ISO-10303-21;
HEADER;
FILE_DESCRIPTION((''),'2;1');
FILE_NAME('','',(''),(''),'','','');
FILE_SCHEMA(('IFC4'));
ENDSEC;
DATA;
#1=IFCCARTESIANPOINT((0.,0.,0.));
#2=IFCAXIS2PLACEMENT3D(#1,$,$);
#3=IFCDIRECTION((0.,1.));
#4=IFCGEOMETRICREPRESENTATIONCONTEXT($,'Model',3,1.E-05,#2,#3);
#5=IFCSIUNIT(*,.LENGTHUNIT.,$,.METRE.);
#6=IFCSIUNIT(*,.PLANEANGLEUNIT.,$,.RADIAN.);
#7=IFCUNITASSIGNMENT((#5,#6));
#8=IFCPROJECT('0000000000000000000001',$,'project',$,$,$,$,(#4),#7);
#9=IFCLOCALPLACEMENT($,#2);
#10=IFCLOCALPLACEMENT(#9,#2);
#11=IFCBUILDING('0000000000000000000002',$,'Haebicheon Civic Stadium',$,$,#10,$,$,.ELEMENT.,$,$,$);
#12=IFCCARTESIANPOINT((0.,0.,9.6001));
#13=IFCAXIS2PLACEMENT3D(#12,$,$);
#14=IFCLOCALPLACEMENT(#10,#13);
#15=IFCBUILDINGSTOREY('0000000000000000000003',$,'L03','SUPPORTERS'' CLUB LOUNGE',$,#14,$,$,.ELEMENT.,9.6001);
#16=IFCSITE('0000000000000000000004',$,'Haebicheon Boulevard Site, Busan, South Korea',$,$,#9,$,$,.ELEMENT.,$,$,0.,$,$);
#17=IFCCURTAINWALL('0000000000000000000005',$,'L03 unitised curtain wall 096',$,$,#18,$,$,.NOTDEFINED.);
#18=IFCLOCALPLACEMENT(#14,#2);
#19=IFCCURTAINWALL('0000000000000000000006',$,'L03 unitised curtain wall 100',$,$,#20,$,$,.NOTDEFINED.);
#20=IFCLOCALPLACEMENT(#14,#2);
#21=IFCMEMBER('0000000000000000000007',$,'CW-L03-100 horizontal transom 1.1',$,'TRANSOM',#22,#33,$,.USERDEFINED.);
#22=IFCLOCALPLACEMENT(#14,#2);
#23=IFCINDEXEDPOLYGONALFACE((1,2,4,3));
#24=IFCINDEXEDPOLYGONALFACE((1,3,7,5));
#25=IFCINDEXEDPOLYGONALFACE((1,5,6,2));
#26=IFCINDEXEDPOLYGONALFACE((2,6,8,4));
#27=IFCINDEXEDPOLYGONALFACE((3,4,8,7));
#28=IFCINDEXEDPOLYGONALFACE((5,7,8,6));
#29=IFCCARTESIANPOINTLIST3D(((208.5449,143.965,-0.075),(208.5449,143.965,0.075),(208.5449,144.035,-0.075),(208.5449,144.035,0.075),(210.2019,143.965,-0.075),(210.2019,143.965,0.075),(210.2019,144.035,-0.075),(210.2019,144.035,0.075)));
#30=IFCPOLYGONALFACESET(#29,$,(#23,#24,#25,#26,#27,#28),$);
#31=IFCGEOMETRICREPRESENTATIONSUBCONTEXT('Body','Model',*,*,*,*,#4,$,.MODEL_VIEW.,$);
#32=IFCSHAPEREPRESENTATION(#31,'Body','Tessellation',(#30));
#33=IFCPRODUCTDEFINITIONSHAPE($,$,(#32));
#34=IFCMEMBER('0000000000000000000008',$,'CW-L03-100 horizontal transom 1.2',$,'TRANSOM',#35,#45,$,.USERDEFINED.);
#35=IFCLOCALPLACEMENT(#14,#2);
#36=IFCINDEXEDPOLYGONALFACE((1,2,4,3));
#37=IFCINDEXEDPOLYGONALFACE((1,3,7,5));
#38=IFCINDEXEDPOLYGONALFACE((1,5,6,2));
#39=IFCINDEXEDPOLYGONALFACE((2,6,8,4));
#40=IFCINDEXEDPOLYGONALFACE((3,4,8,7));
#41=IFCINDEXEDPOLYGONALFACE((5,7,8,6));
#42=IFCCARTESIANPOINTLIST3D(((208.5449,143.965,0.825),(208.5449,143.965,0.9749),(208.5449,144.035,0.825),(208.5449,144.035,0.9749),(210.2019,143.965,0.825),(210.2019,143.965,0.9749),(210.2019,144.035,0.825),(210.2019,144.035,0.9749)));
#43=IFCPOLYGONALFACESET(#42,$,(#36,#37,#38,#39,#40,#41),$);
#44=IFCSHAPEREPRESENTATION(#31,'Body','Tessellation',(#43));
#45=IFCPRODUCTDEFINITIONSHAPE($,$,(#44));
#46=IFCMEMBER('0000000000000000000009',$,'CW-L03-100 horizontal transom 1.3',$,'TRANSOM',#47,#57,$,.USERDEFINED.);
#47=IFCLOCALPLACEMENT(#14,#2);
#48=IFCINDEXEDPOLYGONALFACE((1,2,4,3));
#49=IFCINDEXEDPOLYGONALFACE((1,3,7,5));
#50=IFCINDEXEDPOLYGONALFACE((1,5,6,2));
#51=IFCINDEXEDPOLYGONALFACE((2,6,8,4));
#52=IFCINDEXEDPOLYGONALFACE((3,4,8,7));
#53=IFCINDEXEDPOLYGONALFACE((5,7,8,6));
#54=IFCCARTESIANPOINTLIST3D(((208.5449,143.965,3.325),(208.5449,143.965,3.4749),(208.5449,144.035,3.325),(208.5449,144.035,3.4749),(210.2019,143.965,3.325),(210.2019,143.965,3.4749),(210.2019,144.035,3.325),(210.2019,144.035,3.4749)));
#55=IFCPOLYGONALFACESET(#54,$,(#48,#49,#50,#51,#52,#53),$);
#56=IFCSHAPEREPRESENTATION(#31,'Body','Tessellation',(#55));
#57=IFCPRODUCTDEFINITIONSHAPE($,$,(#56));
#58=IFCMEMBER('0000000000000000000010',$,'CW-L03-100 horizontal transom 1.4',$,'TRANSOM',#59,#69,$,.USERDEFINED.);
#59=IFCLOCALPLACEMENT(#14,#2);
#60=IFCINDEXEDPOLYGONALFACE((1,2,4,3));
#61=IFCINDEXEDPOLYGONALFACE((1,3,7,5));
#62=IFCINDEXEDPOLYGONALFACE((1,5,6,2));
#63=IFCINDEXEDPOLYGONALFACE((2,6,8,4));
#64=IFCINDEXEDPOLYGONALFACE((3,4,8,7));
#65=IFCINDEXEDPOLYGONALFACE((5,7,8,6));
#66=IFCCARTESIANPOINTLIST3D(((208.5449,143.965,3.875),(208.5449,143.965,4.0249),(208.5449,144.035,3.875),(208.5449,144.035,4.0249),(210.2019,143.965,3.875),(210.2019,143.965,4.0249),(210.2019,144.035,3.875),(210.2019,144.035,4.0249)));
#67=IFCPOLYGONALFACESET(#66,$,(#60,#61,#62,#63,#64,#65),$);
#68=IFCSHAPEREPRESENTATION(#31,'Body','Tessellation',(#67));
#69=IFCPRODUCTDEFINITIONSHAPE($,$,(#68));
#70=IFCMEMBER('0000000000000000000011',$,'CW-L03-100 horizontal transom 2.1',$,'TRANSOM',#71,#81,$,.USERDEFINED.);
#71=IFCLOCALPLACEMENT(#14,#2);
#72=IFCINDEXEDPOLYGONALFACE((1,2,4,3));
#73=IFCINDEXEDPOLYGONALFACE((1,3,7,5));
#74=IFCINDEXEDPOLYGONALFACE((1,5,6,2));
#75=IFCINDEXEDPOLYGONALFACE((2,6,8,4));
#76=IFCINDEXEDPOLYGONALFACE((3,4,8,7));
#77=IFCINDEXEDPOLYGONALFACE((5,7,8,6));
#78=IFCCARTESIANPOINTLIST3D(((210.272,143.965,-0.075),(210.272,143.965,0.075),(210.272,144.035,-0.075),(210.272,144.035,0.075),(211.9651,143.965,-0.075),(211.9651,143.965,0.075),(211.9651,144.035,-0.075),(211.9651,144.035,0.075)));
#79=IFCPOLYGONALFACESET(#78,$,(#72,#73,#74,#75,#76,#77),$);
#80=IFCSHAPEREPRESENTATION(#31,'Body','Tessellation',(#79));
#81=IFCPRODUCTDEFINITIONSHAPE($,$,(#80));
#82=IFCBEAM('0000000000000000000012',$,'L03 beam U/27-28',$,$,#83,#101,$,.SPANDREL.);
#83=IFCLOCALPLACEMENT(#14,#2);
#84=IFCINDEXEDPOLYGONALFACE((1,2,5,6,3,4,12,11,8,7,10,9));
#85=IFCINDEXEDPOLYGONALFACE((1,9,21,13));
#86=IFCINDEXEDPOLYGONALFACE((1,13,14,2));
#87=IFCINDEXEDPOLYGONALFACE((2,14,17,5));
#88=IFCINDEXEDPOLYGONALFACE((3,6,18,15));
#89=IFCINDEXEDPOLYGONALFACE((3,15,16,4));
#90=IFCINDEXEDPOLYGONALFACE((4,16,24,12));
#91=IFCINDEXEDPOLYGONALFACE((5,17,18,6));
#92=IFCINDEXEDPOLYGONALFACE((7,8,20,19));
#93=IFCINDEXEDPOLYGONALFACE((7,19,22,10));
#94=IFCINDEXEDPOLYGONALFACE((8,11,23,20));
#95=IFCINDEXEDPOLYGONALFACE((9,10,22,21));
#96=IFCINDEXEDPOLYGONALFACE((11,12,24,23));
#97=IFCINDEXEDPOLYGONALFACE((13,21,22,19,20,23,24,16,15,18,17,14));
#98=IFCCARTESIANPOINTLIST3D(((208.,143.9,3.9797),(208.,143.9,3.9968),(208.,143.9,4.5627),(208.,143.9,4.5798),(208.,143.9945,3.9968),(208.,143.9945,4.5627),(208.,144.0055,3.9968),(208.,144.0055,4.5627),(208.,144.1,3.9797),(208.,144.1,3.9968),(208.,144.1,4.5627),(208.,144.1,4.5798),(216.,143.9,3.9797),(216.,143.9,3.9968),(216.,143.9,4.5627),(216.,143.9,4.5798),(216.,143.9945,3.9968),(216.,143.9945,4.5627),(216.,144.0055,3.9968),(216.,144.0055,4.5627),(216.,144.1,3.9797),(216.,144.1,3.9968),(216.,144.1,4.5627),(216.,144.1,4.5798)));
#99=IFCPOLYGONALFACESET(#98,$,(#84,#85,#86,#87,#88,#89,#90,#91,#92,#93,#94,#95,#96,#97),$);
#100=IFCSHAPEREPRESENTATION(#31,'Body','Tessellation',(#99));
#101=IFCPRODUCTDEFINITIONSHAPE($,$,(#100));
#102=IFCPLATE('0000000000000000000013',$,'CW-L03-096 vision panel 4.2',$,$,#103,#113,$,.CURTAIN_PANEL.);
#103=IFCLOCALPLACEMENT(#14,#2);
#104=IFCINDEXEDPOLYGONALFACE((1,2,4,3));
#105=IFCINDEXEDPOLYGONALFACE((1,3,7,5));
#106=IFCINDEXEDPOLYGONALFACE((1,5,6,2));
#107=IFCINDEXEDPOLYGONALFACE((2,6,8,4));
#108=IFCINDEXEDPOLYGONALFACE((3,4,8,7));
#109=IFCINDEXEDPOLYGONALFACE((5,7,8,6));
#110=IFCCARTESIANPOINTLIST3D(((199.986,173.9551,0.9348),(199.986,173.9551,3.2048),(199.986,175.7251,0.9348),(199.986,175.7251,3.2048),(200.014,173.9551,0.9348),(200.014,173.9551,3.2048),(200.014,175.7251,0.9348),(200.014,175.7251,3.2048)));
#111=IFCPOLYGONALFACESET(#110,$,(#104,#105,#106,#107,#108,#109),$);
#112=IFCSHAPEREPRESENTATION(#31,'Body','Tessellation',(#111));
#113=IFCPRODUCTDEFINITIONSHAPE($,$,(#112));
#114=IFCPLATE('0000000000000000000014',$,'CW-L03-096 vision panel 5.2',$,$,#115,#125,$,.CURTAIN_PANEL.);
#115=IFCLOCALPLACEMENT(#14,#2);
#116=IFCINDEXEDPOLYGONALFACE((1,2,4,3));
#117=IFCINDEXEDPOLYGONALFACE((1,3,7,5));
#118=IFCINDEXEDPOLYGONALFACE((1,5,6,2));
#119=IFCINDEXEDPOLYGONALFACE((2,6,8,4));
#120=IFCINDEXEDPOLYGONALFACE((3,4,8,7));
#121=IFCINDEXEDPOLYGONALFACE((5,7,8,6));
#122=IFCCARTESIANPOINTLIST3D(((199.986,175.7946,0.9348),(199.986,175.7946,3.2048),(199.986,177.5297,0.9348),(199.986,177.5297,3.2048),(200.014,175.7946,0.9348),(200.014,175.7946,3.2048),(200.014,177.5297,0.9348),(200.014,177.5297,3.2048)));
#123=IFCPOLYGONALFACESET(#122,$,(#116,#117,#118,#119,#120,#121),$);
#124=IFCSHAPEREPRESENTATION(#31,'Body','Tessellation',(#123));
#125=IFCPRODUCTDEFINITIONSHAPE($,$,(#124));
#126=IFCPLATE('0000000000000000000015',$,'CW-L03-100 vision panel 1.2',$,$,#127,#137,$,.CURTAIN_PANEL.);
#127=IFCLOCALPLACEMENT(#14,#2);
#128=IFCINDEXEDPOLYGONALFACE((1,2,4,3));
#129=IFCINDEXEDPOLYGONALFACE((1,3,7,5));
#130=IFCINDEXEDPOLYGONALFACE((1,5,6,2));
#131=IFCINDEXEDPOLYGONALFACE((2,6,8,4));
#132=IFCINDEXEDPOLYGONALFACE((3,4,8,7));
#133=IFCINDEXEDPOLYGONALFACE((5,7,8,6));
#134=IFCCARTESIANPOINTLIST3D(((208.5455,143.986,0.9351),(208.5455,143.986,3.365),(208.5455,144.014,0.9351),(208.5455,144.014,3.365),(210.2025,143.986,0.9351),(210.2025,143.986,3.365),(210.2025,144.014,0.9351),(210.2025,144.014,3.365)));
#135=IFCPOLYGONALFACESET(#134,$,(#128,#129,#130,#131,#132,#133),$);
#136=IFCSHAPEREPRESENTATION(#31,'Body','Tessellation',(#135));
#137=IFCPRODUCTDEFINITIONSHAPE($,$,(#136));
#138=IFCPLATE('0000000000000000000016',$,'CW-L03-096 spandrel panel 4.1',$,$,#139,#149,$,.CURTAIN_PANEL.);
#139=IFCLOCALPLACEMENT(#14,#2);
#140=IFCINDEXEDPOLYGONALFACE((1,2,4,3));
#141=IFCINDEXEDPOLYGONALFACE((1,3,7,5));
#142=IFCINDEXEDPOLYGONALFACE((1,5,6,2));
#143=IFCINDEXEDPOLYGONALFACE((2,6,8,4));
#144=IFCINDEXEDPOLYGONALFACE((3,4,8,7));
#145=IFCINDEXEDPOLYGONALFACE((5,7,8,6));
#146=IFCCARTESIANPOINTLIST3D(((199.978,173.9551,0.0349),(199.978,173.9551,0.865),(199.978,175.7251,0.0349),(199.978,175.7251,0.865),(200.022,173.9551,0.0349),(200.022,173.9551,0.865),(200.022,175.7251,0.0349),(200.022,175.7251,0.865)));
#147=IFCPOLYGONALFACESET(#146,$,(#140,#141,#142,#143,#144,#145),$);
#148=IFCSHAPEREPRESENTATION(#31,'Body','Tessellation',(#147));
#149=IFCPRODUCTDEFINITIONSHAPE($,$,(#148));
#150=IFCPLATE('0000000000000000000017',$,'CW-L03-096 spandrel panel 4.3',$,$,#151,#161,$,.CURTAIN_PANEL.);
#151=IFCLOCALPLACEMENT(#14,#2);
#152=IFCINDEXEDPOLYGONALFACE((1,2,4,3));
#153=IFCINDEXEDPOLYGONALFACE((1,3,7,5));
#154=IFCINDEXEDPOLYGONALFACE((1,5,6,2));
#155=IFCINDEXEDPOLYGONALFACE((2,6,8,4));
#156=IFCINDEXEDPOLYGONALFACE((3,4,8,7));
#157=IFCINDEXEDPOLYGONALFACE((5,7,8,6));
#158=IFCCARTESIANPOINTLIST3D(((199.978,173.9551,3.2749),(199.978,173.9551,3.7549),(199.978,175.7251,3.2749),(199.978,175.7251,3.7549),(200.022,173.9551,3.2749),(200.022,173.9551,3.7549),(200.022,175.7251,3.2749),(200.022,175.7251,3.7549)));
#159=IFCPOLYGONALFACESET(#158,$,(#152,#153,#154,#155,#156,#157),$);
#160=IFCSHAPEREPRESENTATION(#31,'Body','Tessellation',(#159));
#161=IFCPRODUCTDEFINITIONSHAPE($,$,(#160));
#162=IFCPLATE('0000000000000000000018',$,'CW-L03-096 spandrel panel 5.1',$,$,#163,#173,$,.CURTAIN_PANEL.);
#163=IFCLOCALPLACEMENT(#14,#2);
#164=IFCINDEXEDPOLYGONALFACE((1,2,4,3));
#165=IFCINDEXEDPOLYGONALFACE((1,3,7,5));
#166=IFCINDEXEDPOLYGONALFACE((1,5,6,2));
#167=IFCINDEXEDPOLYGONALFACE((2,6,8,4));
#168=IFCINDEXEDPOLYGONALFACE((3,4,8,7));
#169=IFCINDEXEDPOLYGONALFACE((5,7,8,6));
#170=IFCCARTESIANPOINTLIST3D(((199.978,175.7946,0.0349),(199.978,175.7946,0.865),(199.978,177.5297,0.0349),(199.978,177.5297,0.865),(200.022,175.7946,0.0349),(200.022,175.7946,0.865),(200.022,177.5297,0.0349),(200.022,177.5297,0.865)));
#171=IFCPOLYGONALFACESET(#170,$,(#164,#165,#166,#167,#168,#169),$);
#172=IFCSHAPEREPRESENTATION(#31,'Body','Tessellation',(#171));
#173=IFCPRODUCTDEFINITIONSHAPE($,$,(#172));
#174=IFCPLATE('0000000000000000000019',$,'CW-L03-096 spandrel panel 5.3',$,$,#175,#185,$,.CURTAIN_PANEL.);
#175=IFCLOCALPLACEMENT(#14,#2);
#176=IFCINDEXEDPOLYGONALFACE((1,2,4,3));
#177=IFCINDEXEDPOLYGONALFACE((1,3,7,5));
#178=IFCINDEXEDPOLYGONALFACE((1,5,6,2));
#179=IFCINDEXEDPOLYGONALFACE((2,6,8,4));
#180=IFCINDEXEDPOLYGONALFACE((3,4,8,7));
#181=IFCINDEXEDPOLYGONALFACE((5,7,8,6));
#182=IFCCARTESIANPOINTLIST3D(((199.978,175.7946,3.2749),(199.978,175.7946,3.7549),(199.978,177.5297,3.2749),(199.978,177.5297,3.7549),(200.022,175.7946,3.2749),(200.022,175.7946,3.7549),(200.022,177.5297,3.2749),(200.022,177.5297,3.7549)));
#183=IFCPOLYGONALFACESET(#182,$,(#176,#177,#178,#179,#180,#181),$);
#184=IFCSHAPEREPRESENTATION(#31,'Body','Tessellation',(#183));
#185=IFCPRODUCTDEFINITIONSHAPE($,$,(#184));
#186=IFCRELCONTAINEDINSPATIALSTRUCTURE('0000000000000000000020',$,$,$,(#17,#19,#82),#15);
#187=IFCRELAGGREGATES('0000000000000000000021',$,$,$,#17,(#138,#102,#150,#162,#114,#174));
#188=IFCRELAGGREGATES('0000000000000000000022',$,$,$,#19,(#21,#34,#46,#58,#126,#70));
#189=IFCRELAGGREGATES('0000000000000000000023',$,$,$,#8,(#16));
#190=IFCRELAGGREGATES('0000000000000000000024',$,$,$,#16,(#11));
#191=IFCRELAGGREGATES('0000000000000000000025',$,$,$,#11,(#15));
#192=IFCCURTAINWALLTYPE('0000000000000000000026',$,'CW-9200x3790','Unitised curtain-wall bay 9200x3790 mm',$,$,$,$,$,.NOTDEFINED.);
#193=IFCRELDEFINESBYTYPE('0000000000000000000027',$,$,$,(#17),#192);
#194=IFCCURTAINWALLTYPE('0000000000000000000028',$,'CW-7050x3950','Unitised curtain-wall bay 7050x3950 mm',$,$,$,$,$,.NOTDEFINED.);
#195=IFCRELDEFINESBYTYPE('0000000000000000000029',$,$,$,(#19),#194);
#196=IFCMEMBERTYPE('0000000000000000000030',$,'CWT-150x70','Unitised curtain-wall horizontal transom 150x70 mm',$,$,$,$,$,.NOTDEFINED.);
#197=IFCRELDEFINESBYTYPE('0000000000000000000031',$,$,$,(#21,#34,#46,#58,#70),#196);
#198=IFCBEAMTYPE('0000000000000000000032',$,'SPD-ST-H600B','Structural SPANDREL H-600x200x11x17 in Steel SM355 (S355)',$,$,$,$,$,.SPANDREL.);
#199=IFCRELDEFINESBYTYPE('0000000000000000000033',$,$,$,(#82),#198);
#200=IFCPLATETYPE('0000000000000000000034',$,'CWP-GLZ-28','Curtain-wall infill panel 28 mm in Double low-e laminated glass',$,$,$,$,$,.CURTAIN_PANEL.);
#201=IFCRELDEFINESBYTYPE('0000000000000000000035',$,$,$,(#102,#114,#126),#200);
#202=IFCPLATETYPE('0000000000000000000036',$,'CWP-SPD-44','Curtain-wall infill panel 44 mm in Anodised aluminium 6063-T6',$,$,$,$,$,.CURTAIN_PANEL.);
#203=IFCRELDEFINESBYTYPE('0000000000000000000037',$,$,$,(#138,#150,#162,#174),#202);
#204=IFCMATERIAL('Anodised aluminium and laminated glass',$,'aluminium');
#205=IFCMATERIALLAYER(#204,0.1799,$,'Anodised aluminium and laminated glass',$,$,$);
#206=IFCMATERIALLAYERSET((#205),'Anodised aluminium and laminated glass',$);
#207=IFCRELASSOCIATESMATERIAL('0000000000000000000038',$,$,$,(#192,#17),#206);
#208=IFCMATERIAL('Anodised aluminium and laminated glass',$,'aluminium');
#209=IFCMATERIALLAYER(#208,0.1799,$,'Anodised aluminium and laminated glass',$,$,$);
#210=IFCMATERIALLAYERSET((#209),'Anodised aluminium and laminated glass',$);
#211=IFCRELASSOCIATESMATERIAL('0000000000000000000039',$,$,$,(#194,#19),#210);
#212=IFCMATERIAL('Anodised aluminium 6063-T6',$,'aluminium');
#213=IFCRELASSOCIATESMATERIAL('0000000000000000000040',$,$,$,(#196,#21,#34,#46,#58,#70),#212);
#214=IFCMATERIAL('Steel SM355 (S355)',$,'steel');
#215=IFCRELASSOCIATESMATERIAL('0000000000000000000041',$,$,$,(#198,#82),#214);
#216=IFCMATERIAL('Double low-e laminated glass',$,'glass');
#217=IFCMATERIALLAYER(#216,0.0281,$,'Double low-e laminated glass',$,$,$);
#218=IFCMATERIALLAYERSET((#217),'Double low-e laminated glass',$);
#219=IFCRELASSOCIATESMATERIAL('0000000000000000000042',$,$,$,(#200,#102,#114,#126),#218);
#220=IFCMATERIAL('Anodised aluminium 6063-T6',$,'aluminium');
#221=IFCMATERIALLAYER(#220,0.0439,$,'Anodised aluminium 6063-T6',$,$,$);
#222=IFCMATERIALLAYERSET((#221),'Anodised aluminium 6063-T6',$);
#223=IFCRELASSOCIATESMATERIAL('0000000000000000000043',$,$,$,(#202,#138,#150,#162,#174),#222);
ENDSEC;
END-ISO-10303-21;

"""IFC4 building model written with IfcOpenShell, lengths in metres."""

from ifc_helpers import new_model, si_unit, direction, frame, origin, origin_2d, place, context, subcontext, project, spatial, rectangle, i_section, extrude, material, layer, layer_set, material_profile, profile_set, type_object, element, aggregate, save


model = new_model("IFC4")

# Units and contexts
model_context = context("Model", 3, precision=1e-05, world=origin(), true_north=direction((0.0, 1.0)))
body_context = subcontext(model_context, "Body", "Model", "MODEL_VIEW")
ifc_project = project(units=[si_unit("LENGTHUNIT", "METRE"), si_unit("PLANEANGLEUNIT", "RADIAN")], contexts=[model_context])

# Site, building, storey
site_placement = place(None, origin())
site = spatial("IfcSite", under=ifc_project, at=site_placement, Name="Haebicheon Boulevard Site, Busan, South Korea", CompositionType="ELEMENT", RefElevation=0.0)
building_placement = place(site_placement, origin())
building = spatial("IfcBuilding", under=site, at=building_placement, Name="Haebicheon Civic Stadium", CompositionType="ELEMENT")
storey_placement = place(building_placement, frame((0.0, 0.0, 9.6001)))
storey = spatial("IfcBuildingStorey", under=building, at=storey_placement, Name="L03", Description="SUPPORTERS' CLUB LOUNGE", CompositionType="ELEMENT", Elevation=9.6001)

# Curtain walls
ifc_material_1 = material(Name="Anodised aluminium and laminated glass", Category="aluminium")
ifc_layer_1 = layer(ifc_material_1, 0.1799, Name="Anodised aluminium and laminated glass")
ifc_layer_set_1 = layer_set([ifc_layer_1], Name="Anodised aluminium and laminated glass")
curtain_wall_type_1 = type_object("IfcCurtainWallType", Name="CW-9200x3790", Description="Unitised curtain-wall bay 9200x3790 mm", PredefinedType="NOTDEFINED", material=ifc_layer_set_1)
curtain_wall_1_placement = place(storey_placement, origin())
curtain_wall_1 = element("IfcCurtainWall", 1, at=curtain_wall_1_placement, inside=storey, type_object=curtain_wall_type_1, material=ifc_layer_set_1, Name="L03 unitised curtain wall 096", PredefinedType="NOTDEFINED")
ifc_material_2 = material(Name="Anodised aluminium and laminated glass", Category="aluminium")
ifc_layer_2 = layer(ifc_material_2, 0.1799, Name="Anodised aluminium and laminated glass")
ifc_layer_set_2 = layer_set([ifc_layer_2], Name="Anodised aluminium and laminated glass")
curtain_wall_type_2 = type_object("IfcCurtainWallType", Name="CW-7050x3950", Description="Unitised curtain-wall bay 7050x3950 mm", PredefinedType="NOTDEFINED", material=ifc_layer_set_2)
curtain_wall_2_placement = place(storey_placement, origin())
curtain_wall_2 = element("IfcCurtainWall", 2, at=curtain_wall_2_placement, inside=storey, type_object=curtain_wall_type_2, material=ifc_layer_set_2, Name="L03 unitised curtain wall 100", PredefinedType="NOTDEFINED")

# Members
ifc_material_3 = material(Name="Anodised aluminium 6063-T6", Category="aluminium")
ifc_material_profile_1 = material_profile(ifc_material_3, rectangle(XDim=0.0701, YDim=0.1499, at=origin_2d()), Name="ALU-TRAN-70x150")
ifc_profile_set_1 = profile_set([ifc_material_profile_1], Name="Anodised aluminium 6063-T6")
member_type_1 = type_object("IfcMemberType", Name="CWT-150x70", Description="Unitised curtain-wall horizontal transom 150x70 mm", PredefinedType="NOTDEFINED", material=ifc_profile_set_1)
member_1_placement = place(storey_placement, frame((208.5449, 144.0, 0.0), z_axis=(1.0, 0.0, 0.0), x_axis=(0.0, 1.0, 0.0)))
member_1 = element("IfcMember", 3, at=member_1_placement, type_object=member_type_1, material=ifc_profile_set_1, Name="CW-L03-100 horizontal transom 1.1", ObjectType="TRANSOM", PredefinedType="USERDEFINED", context=body_context, shape_type="SweptSolid", body=[
    extrude(rectangle(XDim=0.0701, YDim=0.1499, at=origin_2d()), origin(), (0.0, 0.0, 1.0), 1.657),
])
member_2_placement = place(storey_placement, frame((208.5449, 144.0, 0.8999), z_axis=(1.0, 0.0, 0.0), x_axis=(0.0, 1.0, 0.0)))
member_2 = element("IfcMember", 4, at=member_2_placement, type_object=member_type_1, material=ifc_profile_set_1, Name="CW-L03-100 horizontal transom 1.2", ObjectType="TRANSOM", PredefinedType="USERDEFINED", context=body_context, shape_type="SweptSolid", body=[
    extrude(rectangle(XDim=0.0701, YDim=0.1499, at=origin_2d()), origin(), (0.0, 0.0, 1.0), 1.657),
])
member_3_placement = place(storey_placement, frame((208.5449, 144.0, 3.3999), z_axis=(1.0, 0.0, 0.0), x_axis=(0.0, 1.0, 0.0)))
member_3 = element("IfcMember", 5, at=member_3_placement, type_object=member_type_1, material=ifc_profile_set_1, Name="CW-L03-100 horizontal transom 1.3", ObjectType="TRANSOM", PredefinedType="USERDEFINED", context=body_context, shape_type="SweptSolid", body=[
    extrude(rectangle(XDim=0.0701, YDim=0.1499, at=origin_2d()), origin(), (0.0, 0.0, 1.0), 1.657),
])
member_4_placement = place(storey_placement, frame((208.5449, 144.0, 3.95), z_axis=(1.0, 0.0, 0.0), x_axis=(0.0, 1.0, 0.0)))
member_4 = element("IfcMember", 6, at=member_4_placement, type_object=member_type_1, material=ifc_profile_set_1, Name="CW-L03-100 horizontal transom 1.4", ObjectType="TRANSOM", PredefinedType="USERDEFINED", context=body_context, shape_type="SweptSolid", body=[
    extrude(rectangle(XDim=0.0701, YDim=0.1499, at=origin_2d()), origin(), (0.0, 0.0, 1.0), 1.657),
])
member_5_placement = place(storey_placement, frame((210.272, 144.0, 0.0), z_axis=(1.0, 0.0, 0.0), x_axis=(0.0, 1.0, 0.0)))
member_5 = element("IfcMember", 7, at=member_5_placement, type_object=member_type_1, material=ifc_profile_set_1, Name="CW-L03-100 horizontal transom 2.1", ObjectType="TRANSOM", PredefinedType="USERDEFINED", context=body_context, shape_type="SweptSolid", body=[
    extrude(rectangle(XDim=0.0701, YDim=0.1499, at=origin_2d()), origin(), (0.0, 0.0, 1.0), 1.6931),
])

# Beam
ifc_material_4 = material(Name="Steel SM355 (S355)", Category="steel")
ifc_material_profile_2 = material_profile(ifc_material_4, i_section(OverallWidth=0.2, OverallDepth=0.6001, WebThickness=0.011, FlangeThickness=0.0171, at=origin_2d()), Name="H-600x200x11x17")
ifc_profile_set_2 = profile_set([ifc_material_profile_2], Name="Steel SM355 (S355)")
beam_type = type_object("IfcBeamType", Name="SPD-ST-H600B", Description="Structural SPANDREL H-600x200x11x17 in Steel SM355 (S355)", PredefinedType="SPANDREL", material=ifc_profile_set_2)
beam_placement = place(storey_placement, frame((208.0, 144.0, 4.2798), z_axis=(1.0, 0.0, 0.0), x_axis=(0.0, 1.0, 0.0)))
element("IfcBeam", 8, at=beam_placement, inside=storey, type_object=beam_type, material=ifc_profile_set_2, Name="L03 beam U/27-28", PredefinedType="SPANDREL", context=body_context, shape_type="SweptSolid", body=[
    extrude(i_section(OverallWidth=0.2, OverallDepth=0.6001, WebThickness=0.011, FlangeThickness=0.0171, at=origin_2d()), origin(), (0.0, 0.0, 1.0), 8.0),
])

# Plates
ifc_material_5 = material(Name="Double low-e laminated glass", Category="glass")
ifc_layer_3 = layer(ifc_material_5, 0.0281, Name="Double low-e laminated glass")
ifc_layer_set_3 = layer_set([ifc_layer_3], Name="Double low-e laminated glass")
plate_type_1 = type_object("IfcPlateType", Name="CWP-GLZ-28", Description="Curtain-wall infill panel 28 mm in Double low-e laminated glass", PredefinedType="CURTAIN_PANEL", material=ifc_layer_set_3)
plate_1_placement = place(storey_placement, frame((200.0, 174.8401, 0.9348), z_axis=(0.0, 0.0, 1.0), x_axis=(0.0, 1.0, 0.0)))
plate_1 = element("IfcPlate", 9, at=plate_1_placement, type_object=plate_type_1, material=ifc_layer_set_3, Name="CW-L03-096 vision panel 4.2", PredefinedType="CURTAIN_PANEL", context=body_context, shape_type="SweptSolid", body=[
    extrude(rectangle(XDim=1.77, YDim=0.0281, at=origin_2d()), origin(), (0.0, 0.0, 1.0), 2.27),
])
plate_2_placement = place(storey_placement, frame((200.0, 176.6621, 0.9348), z_axis=(0.0, 0.0, 1.0), x_axis=(0.0, 1.0, 0.0)))
plate_2 = element("IfcPlate", 10, at=plate_2_placement, type_object=plate_type_1, material=ifc_layer_set_3, Name="CW-L03-096 vision panel 5.2", PredefinedType="CURTAIN_PANEL", context=body_context, shape_type="SweptSolid", body=[
    extrude(rectangle(XDim=1.7351, YDim=0.0281, at=origin_2d()), origin(), (0.0, 0.0, 1.0), 2.27),
])
plate_3_placement = place(storey_placement, frame((209.374, 144.0, 0.9351), z_axis=(0.0, 0.0, 1.0), x_axis=(1.0, 0.0, 0.0)))
plate_3 = element("IfcPlate", 11, at=plate_3_placement, type_object=plate_type_1, material=ifc_layer_set_3, Name="CW-L03-100 vision panel 1.2", PredefinedType="CURTAIN_PANEL", context=body_context, shape_type="SweptSolid", body=[
    extrude(rectangle(XDim=1.657, YDim=0.0281, at=origin_2d()), origin(), (0.0, 0.0, 1.0), 2.4299),
])
ifc_material_6 = material(Name="Anodised aluminium 6063-T6", Category="aluminium")
ifc_layer_4 = layer(ifc_material_6, 0.0439, Name="Anodised aluminium 6063-T6")
ifc_layer_set_4 = layer_set([ifc_layer_4], Name="Anodised aluminium 6063-T6")
plate_type_2 = type_object("IfcPlateType", Name="CWP-SPD-44", Description="Curtain-wall infill panel 44 mm in Anodised aluminium 6063-T6", PredefinedType="CURTAIN_PANEL", material=ifc_layer_set_4)
plate_4_placement = place(storey_placement, frame((200.0, 174.8401, 0.0349), z_axis=(0.0, 0.0, 1.0), x_axis=(0.0, 1.0, 0.0)))
plate_4 = element("IfcPlate", 12, at=plate_4_placement, type_object=plate_type_2, material=ifc_layer_set_4, Name="CW-L03-096 spandrel panel 4.1", PredefinedType="CURTAIN_PANEL", context=body_context, shape_type="SweptSolid", body=[
    extrude(rectangle(XDim=1.77, YDim=0.0439, at=origin_2d()), origin(), (0.0, 0.0, 1.0), 0.8301),
])
plate_5_placement = place(storey_placement, frame((200.0, 174.8401, 3.2749), z_axis=(0.0, 0.0, 1.0), x_axis=(0.0, 1.0, 0.0)))
plate_5 = element("IfcPlate", 13, at=plate_5_placement, type_object=plate_type_2, material=ifc_layer_set_4, Name="CW-L03-096 spandrel panel 4.3", PredefinedType="CURTAIN_PANEL", context=body_context, shape_type="SweptSolid", body=[
    extrude(rectangle(XDim=1.77, YDim=0.0439, at=origin_2d()), origin(), (0.0, 0.0, 1.0), 0.48),
])
plate_6_placement = place(storey_placement, frame((200.0, 176.6621, 0.0349), z_axis=(0.0, 0.0, 1.0), x_axis=(0.0, 1.0, 0.0)))
plate_6 = element("IfcPlate", 14, at=plate_6_placement, type_object=plate_type_2, material=ifc_layer_set_4, Name="CW-L03-096 spandrel panel 5.1", PredefinedType="CURTAIN_PANEL", context=body_context, shape_type="SweptSolid", body=[
    extrude(rectangle(XDim=1.7351, YDim=0.0439, at=origin_2d()), origin(), (0.0, 0.0, 1.0), 0.8301),
])
plate_7_placement = place(storey_placement, frame((200.0, 176.6621, 3.2749), z_axis=(0.0, 0.0, 1.0), x_axis=(0.0, 1.0, 0.0)))
plate_7 = element("IfcPlate", 15, at=plate_7_placement, type_object=plate_type_2, material=ifc_layer_set_4, Name="CW-L03-096 spandrel panel 5.3", PredefinedType="CURTAIN_PANEL", context=body_context, shape_type="SweptSolid", body=[
    extrude(rectangle(XDim=1.7351, YDim=0.0439, at=origin_2d()), origin(), (0.0, 0.0, 1.0), 0.48),
])
aggregate(curtain_wall_1, [plate_4, plate_1, plate_5, plate_6, plate_2, plate_7])
aggregate(curtain_wall_2, [member_1, member_2, member_3, member_4, plate_3, member_5])

save(model, "model.ifc")
